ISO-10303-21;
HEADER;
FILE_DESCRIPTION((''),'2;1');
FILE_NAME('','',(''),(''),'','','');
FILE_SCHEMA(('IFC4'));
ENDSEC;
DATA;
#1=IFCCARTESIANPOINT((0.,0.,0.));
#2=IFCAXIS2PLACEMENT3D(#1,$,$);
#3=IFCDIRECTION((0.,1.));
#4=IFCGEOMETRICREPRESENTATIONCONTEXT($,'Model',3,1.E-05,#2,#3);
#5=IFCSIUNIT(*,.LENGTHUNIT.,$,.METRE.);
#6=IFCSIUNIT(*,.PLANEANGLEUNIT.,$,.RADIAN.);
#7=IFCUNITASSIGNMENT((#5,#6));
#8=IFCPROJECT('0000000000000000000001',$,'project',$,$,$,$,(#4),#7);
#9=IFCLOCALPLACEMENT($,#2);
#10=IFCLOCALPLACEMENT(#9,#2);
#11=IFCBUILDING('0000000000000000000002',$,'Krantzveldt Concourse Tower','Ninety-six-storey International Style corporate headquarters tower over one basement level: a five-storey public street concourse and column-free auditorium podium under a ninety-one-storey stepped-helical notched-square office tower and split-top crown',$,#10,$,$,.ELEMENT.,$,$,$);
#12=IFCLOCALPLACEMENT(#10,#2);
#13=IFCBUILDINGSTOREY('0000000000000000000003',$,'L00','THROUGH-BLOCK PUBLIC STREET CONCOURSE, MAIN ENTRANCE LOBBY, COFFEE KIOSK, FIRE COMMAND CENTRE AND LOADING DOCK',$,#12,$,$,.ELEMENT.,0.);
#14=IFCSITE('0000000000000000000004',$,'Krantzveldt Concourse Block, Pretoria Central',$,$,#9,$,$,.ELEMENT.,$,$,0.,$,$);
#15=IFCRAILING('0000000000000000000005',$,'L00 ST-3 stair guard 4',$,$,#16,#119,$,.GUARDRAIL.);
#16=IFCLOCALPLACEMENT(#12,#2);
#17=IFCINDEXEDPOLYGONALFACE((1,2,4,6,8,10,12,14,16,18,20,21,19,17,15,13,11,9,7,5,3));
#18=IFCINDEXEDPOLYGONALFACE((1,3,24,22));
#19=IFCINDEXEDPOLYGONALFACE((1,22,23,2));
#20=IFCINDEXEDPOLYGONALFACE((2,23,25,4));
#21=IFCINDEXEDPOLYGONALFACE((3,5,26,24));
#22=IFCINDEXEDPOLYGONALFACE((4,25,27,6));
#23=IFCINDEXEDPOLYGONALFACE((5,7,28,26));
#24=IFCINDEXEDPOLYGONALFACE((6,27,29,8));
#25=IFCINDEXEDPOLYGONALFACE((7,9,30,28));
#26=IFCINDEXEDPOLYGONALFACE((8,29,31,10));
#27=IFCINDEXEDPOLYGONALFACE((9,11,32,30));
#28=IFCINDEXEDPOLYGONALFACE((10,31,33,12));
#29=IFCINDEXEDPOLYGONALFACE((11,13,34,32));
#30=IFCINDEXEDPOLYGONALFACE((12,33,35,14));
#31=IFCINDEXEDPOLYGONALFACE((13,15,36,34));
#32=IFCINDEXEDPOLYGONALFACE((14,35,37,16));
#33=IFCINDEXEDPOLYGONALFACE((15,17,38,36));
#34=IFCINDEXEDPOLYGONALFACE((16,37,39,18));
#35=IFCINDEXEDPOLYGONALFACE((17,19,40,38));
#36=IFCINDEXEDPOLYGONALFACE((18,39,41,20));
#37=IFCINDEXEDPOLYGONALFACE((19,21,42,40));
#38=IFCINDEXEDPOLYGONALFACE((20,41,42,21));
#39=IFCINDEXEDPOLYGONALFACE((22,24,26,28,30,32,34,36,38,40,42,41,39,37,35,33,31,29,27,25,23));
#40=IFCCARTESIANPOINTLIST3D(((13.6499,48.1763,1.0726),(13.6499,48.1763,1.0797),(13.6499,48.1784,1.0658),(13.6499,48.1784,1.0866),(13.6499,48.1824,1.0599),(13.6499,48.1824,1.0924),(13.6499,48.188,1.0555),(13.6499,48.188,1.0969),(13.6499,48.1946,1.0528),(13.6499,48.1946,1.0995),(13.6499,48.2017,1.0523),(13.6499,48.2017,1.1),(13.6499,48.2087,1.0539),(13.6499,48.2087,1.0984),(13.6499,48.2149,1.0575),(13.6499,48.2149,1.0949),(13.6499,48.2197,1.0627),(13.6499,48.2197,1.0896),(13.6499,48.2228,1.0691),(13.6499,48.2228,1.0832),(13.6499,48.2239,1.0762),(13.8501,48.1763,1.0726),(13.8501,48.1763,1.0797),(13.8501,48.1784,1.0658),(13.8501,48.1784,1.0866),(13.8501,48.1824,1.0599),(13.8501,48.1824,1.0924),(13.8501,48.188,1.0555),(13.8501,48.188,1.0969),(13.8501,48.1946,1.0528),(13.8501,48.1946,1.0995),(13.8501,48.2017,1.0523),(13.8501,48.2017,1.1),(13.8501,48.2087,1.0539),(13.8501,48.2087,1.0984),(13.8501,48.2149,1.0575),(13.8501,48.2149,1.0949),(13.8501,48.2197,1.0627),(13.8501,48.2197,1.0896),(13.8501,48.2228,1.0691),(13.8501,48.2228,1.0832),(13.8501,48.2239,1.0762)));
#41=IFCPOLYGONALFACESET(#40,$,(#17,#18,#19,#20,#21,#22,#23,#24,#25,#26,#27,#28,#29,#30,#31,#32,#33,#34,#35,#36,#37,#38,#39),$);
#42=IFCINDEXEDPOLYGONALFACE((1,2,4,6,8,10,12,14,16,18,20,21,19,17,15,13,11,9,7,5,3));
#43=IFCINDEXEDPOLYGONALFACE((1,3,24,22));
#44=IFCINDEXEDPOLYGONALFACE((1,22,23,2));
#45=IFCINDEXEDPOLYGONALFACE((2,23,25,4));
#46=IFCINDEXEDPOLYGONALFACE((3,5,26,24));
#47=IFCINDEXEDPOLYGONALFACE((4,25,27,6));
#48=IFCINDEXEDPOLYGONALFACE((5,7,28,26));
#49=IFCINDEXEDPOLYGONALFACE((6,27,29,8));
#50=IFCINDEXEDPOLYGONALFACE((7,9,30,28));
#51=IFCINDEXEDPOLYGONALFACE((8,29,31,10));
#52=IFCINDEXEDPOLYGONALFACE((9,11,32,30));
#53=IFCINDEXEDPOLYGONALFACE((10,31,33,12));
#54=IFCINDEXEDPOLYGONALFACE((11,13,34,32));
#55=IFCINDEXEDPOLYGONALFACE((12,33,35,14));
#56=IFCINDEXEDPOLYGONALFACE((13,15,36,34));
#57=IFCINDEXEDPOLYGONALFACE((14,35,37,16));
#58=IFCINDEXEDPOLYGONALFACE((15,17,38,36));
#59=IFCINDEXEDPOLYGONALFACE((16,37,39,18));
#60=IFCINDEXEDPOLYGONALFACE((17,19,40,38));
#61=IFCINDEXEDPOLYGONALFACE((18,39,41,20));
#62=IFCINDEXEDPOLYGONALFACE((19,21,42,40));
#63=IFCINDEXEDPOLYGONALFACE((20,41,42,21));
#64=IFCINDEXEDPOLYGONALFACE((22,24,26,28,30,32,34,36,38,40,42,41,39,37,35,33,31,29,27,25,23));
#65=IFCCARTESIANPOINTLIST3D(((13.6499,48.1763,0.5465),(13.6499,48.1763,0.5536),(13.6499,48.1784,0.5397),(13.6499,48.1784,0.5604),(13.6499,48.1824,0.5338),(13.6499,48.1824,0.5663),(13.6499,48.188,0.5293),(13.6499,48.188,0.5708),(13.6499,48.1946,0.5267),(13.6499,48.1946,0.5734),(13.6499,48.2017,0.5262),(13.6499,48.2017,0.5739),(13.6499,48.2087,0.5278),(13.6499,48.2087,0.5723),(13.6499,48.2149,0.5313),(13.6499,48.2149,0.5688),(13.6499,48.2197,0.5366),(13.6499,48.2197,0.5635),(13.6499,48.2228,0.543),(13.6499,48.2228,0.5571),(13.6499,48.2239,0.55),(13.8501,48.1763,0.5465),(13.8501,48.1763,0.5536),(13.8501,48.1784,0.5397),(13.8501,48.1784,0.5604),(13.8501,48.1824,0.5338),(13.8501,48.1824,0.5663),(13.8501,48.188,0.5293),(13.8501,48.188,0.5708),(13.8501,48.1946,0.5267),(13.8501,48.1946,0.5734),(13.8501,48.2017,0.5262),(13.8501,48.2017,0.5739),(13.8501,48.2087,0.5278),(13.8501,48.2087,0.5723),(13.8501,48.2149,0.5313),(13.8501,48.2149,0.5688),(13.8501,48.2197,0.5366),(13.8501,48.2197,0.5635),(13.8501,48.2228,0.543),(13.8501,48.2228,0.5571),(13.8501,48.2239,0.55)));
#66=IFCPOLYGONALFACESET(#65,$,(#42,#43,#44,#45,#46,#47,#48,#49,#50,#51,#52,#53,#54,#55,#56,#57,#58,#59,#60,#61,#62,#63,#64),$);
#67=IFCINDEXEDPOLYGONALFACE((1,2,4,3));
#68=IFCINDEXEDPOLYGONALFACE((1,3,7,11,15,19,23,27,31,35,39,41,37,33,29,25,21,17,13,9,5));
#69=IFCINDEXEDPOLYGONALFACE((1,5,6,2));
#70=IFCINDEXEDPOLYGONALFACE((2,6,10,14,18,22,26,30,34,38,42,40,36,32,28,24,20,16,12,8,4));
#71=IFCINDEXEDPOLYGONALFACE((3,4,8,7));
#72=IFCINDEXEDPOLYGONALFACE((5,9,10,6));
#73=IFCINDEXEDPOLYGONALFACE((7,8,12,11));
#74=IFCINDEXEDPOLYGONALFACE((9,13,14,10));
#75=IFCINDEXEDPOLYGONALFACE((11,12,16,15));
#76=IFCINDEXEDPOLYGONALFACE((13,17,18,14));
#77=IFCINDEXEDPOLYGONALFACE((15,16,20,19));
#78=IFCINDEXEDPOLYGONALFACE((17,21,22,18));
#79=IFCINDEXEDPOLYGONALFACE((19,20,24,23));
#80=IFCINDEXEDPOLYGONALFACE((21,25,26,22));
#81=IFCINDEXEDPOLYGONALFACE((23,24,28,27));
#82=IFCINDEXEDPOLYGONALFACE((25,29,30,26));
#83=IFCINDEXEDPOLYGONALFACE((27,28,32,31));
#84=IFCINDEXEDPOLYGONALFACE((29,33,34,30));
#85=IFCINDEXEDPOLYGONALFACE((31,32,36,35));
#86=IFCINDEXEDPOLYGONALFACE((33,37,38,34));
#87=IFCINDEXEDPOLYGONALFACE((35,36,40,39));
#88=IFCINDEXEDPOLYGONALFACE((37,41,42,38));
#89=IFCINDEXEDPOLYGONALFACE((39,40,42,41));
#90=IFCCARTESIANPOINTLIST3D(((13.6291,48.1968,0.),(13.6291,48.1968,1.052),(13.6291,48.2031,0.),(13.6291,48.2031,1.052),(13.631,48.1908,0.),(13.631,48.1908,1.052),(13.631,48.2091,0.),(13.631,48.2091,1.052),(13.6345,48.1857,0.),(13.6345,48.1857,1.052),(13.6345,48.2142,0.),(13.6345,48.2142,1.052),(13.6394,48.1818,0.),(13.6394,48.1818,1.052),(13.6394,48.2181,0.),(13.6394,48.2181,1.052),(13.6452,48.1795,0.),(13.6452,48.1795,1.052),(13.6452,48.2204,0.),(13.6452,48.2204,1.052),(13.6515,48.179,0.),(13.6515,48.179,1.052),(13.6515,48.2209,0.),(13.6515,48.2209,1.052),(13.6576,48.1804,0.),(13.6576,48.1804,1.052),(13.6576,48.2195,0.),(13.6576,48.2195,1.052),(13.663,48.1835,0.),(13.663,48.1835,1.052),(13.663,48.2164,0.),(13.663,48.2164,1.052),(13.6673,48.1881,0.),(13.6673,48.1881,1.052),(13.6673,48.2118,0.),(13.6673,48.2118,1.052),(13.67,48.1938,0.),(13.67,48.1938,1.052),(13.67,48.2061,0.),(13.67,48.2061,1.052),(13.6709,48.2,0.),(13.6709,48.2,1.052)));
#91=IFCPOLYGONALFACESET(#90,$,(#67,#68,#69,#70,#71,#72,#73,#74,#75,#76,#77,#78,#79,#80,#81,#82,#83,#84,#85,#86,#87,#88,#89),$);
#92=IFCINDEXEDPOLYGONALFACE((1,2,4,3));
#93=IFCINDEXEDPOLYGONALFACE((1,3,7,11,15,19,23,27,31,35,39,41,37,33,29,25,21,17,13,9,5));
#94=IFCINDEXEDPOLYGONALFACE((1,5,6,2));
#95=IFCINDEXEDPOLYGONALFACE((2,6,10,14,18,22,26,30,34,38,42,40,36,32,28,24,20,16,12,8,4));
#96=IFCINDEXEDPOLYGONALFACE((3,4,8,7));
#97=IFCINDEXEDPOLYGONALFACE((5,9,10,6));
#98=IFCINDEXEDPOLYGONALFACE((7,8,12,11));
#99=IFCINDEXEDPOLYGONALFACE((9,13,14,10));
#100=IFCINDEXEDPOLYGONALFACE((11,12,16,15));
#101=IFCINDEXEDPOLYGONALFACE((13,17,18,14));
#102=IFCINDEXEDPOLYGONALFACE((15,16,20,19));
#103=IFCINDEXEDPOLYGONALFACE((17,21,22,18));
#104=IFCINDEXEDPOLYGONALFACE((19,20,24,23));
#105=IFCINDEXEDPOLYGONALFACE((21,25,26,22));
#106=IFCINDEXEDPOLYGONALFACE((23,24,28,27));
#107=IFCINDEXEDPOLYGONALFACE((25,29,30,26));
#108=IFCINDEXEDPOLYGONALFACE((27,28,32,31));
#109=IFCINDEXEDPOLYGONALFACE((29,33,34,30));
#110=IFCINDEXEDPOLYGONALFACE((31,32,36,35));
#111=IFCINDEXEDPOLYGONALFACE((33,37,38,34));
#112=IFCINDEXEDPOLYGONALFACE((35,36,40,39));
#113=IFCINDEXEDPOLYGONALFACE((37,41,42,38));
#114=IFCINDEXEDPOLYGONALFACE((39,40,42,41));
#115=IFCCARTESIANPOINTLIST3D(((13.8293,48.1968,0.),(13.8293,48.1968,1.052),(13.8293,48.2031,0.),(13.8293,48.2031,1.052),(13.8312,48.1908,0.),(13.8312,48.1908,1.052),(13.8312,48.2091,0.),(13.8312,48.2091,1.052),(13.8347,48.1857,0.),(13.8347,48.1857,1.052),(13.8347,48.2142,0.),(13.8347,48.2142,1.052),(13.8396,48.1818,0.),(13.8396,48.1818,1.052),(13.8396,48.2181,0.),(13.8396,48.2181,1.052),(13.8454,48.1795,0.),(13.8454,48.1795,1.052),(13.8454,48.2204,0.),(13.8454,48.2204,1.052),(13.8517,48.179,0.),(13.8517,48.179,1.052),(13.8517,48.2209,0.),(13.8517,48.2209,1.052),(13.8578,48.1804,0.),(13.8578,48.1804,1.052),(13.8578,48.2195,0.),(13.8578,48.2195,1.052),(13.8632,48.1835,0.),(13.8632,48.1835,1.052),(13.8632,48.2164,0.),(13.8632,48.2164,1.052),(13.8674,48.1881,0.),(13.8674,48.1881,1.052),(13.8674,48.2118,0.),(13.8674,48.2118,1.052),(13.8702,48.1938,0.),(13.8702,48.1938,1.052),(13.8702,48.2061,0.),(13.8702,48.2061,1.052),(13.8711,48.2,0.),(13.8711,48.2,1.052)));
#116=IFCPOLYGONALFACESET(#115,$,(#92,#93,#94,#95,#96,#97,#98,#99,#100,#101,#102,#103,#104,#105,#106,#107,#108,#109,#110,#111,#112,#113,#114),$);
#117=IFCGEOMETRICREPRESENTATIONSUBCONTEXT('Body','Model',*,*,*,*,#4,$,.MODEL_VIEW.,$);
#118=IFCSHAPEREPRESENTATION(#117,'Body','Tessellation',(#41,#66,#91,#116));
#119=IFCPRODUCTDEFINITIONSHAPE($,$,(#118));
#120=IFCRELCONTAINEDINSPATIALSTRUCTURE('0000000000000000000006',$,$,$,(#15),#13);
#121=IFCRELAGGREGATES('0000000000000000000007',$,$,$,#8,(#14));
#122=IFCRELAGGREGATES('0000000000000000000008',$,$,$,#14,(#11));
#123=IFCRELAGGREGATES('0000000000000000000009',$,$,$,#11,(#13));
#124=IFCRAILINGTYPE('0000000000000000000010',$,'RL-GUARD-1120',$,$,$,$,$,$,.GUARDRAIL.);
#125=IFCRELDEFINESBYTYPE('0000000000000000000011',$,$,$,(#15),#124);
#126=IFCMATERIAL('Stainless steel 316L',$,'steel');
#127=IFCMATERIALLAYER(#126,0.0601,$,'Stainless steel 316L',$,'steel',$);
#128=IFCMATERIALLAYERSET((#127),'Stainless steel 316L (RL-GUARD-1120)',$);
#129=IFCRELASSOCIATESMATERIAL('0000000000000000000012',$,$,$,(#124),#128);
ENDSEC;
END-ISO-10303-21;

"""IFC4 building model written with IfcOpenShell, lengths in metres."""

from ifc_helpers import new_model, si_unit, direction, frame, origin, origin_2d, place, context, subcontext, project, spatial, circle, extrude, material, layer, layer_set, type_object, element, save


model = new_model("IFC4")

# Units and contexts
model_context = context("Model", 3, precision=1e-05, world=origin(), true_north=direction((0.0, 1.0)))
body_context = subcontext(model_context, "Body", "Model", "MODEL_VIEW")
ifc_project = project(units=[si_unit("LENGTHUNIT", "METRE"), si_unit("PLANEANGLEUNIT", "RADIAN")], contexts=[model_context])

# Site, building, storey
site_placement = place(None, origin())
site = spatial("IfcSite", under=ifc_project, at=site_placement, Name="Krantzveldt Concourse Block, Pretoria Central", CompositionType="ELEMENT", RefElevation=0.0)
building_placement = place(site_placement, origin())
building = spatial("IfcBuilding", under=site, at=building_placement, Name="Krantzveldt Concourse Tower", Description="Ninety-six-storey International Style corporate headquarters tower over one basement level: a five-storey public street concourse and column-free auditorium podium under a ninety-one-storey stepped-helical notched-square office tower and split-top crown", CompositionType="ELEMENT")
storey_placement = place(building_placement, origin())
storey = spatial("IfcBuildingStorey", under=building, at=storey_placement, Name="L00", Description="THROUGH-BLOCK PUBLIC STREET CONCOURSE, MAIN ENTRANCE LOBBY, COFFEE KIOSK, FIRE COMMAND CENTRE AND LOADING DOCK", CompositionType="ELEMENT", Elevation=0.0)

# Railing
ifc_material_1 = material(Name="Stainless steel 316L", Category="steel")
ifc_layer_1 = layer(ifc_material_1, 0.0601, Name="Stainless steel 316L", Category="steel")
ifc_layer_set_1 = layer_set([ifc_layer_1], Name="Stainless steel 316L (RL-GUARD-1120)")
railing_type_1 = type_object("IfcRailingType", Name="RL-GUARD-1120", PredefinedType="GUARDRAIL", material=ifc_layer_set_1)
railing_1_placement = place(storey_placement, frame((13.6499, 48.2, 0.0)))
element("IfcRailing", 1, at=railing_1_placement, inside=storey, type_object=railing_type_1, Name="L00 ST-3 stair guard 4", PredefinedType="GUARDRAIL", context=body_context, shape_type="SweptSolid", body=[
    extrude(circle(Radius=0.0239, at=origin_2d()), frame((0.0, 0.0, 1.0762), z_axis=(1.0, 0.0, 0.0), x_axis=(0.0, 1.0, 0.0)), (0.0, 0.0, 1.0), 0.2002),
    extrude(circle(Radius=0.0239, at=origin_2d()), frame((0.0, 0.0, 0.55), z_axis=(1.0, 0.0, 0.0), x_axis=(0.0, 1.0, 0.0)), (0.0, 0.0, 1.0), 0.2002),
    extrude(circle(Radius=0.021, at=origin_2d()), origin(), (0.0, 0.0, 1.0), 1.052),
    extrude(circle(Radius=0.021, at=origin_2d()), frame((0.2002, 0.0, 0.0)), (0.0, 0.0, 1.0), 1.052),
])

save(model, "model.ifc")
